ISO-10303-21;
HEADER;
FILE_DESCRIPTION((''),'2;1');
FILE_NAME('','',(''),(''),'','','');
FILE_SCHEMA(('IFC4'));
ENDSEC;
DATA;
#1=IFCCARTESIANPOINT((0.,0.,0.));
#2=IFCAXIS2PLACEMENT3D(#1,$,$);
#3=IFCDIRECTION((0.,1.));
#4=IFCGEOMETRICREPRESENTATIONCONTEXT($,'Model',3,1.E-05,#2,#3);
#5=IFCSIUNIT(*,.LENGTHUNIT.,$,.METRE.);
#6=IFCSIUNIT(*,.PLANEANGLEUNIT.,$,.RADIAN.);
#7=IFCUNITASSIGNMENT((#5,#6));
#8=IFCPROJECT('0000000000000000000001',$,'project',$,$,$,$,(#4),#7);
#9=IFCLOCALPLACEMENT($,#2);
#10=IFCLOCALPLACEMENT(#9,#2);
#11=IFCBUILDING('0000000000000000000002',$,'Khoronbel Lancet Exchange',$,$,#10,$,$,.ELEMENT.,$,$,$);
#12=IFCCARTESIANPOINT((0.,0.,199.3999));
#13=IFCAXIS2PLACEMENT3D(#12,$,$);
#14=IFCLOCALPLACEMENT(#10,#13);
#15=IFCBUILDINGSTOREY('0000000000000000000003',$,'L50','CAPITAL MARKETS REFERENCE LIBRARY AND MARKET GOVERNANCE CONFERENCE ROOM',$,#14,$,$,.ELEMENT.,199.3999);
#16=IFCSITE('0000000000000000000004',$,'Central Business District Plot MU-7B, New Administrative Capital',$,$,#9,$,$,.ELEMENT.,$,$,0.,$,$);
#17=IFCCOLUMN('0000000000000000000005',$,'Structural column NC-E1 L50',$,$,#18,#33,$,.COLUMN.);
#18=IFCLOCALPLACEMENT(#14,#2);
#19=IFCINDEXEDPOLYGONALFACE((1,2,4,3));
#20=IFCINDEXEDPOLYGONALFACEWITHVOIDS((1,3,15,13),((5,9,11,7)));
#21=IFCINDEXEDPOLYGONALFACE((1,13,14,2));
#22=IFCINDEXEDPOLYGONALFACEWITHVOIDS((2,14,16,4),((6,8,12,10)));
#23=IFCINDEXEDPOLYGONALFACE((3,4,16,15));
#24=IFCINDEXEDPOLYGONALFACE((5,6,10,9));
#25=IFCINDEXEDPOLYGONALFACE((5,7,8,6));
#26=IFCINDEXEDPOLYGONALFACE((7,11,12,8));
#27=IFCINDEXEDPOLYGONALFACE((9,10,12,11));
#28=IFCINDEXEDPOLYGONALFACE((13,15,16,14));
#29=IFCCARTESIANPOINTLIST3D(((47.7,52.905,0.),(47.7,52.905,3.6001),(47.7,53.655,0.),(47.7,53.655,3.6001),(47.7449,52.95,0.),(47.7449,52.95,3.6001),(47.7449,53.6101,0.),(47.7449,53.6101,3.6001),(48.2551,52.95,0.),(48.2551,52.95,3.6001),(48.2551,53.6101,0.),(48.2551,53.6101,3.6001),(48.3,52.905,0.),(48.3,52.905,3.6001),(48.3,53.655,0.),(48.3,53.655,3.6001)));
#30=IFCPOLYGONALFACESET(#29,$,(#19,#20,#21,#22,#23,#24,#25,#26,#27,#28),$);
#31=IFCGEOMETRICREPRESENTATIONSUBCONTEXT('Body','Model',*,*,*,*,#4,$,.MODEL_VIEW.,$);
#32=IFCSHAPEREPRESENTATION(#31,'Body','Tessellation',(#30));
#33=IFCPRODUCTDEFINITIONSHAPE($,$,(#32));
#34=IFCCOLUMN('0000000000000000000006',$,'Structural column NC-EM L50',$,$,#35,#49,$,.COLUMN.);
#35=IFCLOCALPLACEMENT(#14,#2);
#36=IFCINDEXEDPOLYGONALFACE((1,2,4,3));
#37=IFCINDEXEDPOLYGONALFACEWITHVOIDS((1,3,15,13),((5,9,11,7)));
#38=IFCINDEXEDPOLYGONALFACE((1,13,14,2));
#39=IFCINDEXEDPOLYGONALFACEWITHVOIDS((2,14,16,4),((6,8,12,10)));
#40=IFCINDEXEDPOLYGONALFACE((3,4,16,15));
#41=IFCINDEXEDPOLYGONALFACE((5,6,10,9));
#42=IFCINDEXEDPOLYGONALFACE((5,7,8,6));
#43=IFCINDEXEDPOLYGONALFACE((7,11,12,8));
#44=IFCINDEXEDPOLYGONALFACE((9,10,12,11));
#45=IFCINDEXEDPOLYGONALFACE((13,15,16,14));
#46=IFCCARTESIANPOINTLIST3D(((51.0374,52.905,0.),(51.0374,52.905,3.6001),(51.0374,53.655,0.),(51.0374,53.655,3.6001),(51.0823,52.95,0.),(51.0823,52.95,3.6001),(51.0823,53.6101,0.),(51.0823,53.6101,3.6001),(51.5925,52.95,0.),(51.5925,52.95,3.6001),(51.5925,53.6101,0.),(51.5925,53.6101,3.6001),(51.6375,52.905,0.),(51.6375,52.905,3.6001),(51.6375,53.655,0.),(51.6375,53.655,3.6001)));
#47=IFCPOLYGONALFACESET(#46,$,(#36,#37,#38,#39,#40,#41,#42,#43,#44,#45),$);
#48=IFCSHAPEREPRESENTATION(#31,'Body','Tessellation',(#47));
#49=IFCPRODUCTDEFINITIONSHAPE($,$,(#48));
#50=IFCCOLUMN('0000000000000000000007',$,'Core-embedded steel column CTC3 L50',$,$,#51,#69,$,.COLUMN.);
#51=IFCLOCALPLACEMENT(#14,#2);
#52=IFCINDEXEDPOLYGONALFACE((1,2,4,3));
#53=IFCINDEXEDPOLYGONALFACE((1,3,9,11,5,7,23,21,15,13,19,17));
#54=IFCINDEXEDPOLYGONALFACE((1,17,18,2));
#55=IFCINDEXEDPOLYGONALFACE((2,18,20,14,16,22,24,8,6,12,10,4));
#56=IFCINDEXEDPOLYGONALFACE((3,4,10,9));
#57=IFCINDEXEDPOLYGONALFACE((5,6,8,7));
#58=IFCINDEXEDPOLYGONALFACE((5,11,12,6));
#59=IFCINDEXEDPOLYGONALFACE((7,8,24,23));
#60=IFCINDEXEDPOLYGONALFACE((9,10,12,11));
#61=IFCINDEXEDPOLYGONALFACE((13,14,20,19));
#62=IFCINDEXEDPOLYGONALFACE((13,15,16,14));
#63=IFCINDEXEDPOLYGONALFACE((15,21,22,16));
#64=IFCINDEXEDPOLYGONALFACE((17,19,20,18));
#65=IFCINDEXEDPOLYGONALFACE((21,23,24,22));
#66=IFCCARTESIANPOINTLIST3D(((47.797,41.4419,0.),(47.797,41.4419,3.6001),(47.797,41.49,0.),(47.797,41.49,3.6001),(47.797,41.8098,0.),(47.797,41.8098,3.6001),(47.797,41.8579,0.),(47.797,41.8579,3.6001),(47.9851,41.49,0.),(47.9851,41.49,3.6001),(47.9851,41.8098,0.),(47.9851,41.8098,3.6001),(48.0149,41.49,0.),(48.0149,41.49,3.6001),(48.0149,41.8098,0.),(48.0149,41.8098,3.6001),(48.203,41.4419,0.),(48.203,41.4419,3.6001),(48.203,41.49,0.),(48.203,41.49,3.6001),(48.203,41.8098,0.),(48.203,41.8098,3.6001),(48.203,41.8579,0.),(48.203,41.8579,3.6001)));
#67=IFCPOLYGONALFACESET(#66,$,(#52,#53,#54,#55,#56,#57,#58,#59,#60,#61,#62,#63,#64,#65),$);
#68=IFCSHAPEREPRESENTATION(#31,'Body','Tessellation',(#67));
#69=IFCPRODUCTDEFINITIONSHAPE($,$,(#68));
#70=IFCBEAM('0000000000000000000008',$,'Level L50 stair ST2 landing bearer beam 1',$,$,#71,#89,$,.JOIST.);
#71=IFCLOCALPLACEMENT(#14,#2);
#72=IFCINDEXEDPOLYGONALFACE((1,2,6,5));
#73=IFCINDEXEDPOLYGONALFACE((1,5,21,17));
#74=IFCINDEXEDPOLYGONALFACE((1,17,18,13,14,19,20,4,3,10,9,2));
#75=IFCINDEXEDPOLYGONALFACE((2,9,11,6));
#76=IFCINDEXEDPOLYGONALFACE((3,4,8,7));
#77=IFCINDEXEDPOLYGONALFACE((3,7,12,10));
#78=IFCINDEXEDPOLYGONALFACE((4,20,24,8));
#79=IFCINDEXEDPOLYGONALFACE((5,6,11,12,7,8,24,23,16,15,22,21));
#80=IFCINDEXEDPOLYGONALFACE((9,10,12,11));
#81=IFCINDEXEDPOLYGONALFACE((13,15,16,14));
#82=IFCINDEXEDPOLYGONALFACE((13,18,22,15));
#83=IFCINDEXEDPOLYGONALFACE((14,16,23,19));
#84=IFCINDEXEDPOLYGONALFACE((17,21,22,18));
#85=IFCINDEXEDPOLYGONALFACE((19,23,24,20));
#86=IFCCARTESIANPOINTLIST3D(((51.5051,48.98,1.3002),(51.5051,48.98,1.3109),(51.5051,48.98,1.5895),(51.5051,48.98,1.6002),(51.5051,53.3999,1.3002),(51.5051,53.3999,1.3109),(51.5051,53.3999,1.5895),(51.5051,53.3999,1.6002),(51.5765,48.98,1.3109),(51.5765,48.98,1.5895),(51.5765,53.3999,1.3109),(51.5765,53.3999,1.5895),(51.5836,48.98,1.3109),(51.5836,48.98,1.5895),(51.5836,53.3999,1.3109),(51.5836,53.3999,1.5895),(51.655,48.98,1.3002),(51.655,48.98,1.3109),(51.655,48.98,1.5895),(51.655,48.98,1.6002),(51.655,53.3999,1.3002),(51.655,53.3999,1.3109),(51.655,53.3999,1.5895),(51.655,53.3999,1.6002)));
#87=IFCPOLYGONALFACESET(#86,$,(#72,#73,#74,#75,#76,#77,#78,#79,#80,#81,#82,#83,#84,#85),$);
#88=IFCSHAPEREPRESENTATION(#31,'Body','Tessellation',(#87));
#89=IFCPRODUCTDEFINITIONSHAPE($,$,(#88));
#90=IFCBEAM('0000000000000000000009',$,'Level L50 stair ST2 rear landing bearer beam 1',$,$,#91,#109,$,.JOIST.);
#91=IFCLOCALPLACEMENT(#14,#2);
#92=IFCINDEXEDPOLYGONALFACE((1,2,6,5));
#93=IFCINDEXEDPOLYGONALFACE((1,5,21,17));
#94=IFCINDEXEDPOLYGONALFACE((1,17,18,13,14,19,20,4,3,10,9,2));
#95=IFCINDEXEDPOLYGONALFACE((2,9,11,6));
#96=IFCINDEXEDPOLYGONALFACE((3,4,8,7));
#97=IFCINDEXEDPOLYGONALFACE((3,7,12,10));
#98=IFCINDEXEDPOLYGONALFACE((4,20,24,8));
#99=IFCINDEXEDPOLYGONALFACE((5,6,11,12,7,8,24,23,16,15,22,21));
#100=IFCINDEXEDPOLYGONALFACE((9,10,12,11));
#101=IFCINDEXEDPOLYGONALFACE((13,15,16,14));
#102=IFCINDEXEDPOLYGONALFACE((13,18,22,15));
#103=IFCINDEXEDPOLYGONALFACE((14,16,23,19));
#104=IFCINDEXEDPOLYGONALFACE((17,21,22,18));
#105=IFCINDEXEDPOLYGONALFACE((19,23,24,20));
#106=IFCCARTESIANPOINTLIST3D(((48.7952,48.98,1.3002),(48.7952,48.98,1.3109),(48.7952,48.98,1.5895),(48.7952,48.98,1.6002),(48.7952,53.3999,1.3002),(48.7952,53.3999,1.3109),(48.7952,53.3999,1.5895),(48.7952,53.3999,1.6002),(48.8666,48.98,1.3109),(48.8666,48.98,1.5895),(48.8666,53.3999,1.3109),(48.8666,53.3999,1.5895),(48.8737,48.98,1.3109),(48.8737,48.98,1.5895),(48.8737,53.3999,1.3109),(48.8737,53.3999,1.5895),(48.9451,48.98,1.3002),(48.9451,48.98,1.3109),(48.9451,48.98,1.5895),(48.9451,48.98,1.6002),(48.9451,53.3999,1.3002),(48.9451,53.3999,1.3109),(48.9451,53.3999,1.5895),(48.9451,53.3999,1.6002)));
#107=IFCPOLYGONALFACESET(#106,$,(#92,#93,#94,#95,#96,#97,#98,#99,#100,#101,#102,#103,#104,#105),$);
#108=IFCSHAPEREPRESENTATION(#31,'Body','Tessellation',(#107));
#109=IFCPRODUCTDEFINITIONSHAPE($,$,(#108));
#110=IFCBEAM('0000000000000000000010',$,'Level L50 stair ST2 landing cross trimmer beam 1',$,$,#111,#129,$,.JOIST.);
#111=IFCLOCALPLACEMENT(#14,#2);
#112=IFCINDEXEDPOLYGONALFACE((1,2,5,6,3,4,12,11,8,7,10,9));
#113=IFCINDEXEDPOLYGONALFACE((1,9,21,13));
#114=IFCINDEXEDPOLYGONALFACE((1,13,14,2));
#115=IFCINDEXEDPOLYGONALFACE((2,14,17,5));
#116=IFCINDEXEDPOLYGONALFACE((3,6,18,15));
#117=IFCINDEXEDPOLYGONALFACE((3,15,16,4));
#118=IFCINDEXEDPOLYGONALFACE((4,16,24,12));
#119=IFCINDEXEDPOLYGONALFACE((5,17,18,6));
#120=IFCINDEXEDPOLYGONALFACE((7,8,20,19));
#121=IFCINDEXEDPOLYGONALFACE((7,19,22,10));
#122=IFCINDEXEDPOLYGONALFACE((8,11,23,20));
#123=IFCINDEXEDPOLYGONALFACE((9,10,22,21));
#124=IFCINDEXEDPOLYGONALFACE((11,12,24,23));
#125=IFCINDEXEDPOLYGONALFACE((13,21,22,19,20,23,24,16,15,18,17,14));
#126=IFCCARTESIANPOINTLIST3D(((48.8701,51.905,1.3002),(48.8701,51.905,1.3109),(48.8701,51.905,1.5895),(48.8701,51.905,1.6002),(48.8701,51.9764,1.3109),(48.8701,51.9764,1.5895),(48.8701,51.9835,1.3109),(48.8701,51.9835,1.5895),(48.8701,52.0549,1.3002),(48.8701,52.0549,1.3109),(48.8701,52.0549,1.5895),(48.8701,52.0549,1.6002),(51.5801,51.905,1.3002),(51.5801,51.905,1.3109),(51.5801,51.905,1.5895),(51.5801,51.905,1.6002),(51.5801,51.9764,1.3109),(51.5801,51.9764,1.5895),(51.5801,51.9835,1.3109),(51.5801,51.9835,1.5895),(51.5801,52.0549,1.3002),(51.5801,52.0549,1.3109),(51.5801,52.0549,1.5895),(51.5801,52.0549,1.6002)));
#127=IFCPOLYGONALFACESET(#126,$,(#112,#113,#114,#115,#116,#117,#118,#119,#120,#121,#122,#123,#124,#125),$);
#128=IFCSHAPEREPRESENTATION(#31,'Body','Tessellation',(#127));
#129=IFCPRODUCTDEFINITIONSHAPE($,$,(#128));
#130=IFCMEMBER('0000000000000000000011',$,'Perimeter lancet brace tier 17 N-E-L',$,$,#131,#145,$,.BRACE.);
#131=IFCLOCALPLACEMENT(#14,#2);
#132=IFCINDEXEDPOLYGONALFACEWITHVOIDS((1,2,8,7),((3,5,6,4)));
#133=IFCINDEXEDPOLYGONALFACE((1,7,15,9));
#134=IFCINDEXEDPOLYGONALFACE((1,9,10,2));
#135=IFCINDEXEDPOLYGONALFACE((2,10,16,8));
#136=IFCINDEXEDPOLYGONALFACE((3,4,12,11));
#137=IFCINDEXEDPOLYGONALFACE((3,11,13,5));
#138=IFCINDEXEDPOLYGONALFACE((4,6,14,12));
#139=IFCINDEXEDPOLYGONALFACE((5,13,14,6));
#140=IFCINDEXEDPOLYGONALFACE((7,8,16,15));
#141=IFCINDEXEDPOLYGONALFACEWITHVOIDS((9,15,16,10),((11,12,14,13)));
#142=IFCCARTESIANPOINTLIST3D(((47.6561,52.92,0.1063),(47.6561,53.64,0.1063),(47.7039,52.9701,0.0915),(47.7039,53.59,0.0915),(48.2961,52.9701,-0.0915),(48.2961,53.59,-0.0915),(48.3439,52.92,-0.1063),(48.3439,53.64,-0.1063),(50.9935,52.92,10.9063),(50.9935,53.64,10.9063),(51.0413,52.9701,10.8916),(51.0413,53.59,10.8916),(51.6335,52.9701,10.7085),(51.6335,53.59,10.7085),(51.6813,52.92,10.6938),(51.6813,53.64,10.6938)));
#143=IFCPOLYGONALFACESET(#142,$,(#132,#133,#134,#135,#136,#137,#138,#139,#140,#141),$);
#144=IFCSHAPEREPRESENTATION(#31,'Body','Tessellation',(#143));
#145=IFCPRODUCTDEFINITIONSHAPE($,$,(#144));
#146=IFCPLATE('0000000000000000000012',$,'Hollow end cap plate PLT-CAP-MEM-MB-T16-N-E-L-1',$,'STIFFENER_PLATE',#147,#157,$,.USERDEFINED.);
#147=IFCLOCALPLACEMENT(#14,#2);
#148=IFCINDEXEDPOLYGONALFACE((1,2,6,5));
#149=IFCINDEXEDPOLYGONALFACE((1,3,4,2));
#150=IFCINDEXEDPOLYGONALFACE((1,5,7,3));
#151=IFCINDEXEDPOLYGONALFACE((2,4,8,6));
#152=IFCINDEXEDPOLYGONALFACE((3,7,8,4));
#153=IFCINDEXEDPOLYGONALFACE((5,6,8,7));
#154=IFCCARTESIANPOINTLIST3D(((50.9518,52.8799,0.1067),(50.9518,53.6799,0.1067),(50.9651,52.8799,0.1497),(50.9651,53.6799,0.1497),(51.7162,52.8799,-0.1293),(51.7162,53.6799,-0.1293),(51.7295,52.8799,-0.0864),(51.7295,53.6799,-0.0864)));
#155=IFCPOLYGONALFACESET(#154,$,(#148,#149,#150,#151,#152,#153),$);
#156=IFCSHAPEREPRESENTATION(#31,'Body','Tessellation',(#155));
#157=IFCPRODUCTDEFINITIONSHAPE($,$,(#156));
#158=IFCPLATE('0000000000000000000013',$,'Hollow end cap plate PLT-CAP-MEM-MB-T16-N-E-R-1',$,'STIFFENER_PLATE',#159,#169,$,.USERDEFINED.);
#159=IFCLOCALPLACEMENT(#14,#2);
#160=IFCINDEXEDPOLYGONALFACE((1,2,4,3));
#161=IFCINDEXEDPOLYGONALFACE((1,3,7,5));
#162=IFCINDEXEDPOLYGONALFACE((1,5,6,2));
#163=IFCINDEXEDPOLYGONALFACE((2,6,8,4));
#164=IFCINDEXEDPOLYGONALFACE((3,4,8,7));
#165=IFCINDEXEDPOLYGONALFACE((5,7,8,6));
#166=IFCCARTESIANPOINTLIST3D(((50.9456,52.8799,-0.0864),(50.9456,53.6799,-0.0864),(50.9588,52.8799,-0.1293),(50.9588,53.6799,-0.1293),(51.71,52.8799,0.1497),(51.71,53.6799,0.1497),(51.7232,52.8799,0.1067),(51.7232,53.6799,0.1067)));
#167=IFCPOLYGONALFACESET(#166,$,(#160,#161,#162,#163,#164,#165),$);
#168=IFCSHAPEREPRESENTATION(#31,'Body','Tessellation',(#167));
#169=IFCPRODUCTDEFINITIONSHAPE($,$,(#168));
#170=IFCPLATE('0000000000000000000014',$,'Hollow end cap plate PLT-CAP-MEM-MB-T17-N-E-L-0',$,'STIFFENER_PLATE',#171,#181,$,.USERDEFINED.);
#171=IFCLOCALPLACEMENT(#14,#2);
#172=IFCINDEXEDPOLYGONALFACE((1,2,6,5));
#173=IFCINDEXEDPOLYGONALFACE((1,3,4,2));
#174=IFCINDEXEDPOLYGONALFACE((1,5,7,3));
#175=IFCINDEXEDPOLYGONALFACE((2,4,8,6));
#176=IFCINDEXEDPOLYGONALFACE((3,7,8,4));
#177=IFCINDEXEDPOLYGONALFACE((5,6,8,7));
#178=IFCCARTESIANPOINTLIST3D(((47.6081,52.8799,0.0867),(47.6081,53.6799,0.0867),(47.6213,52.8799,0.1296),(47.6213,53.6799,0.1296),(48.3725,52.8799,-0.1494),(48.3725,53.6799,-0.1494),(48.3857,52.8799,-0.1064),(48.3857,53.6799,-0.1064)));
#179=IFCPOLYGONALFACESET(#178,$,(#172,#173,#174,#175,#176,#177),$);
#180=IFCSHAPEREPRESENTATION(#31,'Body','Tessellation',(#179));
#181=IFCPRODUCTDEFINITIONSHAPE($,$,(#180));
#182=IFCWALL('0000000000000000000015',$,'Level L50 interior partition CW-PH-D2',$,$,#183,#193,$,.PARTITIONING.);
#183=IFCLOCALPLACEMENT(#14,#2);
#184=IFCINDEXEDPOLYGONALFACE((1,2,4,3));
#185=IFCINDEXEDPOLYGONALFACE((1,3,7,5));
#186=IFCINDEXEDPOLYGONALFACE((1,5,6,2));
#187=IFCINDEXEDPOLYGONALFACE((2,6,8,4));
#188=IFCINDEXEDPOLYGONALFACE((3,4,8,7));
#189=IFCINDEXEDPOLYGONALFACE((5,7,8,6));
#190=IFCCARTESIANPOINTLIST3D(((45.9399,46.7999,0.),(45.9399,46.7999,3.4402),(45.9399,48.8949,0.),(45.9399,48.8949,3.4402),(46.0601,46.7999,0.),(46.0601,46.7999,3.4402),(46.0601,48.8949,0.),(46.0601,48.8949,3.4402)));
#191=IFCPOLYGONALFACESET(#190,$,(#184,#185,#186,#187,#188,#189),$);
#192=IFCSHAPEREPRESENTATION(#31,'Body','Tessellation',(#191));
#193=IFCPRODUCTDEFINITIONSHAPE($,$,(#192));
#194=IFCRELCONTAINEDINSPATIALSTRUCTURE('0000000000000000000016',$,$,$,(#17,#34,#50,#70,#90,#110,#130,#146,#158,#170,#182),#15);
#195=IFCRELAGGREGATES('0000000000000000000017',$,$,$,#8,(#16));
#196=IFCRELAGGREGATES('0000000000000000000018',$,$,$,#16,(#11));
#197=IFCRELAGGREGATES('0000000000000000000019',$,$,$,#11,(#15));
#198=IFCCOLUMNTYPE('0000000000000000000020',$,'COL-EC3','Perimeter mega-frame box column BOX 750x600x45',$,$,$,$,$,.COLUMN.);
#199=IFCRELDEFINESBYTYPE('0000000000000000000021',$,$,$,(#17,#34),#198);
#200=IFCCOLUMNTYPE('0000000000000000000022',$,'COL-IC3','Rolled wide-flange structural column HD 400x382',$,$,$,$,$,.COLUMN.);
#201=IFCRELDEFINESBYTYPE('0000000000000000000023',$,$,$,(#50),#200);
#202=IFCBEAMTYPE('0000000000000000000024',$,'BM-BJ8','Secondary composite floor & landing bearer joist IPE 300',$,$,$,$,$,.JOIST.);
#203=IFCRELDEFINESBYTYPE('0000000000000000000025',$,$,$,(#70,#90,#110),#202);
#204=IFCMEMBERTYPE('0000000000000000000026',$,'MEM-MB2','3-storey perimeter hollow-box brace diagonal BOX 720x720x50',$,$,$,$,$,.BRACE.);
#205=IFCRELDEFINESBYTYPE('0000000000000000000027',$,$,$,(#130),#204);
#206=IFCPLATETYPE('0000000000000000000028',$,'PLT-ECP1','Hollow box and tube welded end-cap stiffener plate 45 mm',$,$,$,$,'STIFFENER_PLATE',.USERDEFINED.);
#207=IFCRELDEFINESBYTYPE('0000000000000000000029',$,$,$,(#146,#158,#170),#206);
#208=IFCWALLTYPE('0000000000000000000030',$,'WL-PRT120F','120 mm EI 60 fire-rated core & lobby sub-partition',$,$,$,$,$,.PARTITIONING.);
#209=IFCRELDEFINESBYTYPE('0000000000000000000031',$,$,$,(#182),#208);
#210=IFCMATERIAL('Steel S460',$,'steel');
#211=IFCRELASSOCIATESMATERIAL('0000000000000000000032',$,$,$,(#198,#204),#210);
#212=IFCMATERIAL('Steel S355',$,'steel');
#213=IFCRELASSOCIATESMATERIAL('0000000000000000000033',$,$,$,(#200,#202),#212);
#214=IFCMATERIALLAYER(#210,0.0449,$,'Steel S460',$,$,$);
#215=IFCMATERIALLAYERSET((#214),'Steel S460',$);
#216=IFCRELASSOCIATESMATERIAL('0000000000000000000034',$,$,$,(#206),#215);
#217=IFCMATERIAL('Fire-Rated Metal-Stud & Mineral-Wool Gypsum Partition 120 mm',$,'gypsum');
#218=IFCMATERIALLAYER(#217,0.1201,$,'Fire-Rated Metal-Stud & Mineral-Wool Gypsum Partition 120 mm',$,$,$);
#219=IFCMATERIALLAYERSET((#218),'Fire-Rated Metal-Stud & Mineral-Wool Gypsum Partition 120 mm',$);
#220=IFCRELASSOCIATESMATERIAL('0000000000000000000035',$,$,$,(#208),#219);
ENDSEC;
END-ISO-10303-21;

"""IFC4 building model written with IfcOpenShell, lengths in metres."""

from ifc_helpers import new_model, si_unit, direction, frame, frame_2d, origin, origin_2d, place, context, subcontext, project, spatial, polyline, rectangle, hollow_rectangle, i_section, outline, extrude, material, layer, layer_set, material_profile, profile_set, type_object, element, save


model = new_model("IFC4")

# Units and contexts
model_context = context("Model", 3, precision=1e-05, world=origin(), true_north=direction((0.0, 1.0)))
body_context = subcontext(model_context, "Body", "Model", "MODEL_VIEW")
ifc_project = project(units=[si_unit("LENGTHUNIT", "METRE"), si_unit("PLANEANGLEUNIT", "RADIAN")], contexts=[model_context])

# Site, building, storey
site_placement = place(None, origin())
site = spatial("IfcSite", under=ifc_project, at=site_placement, Name="Central Business District Plot MU-7B, New Administrative Capital", CompositionType="ELEMENT", RefElevation=0.0)
building_placement = place(site_placement, origin())
building = spatial("IfcBuilding", under=site, at=building_placement, Name="Khoronbel Lancet Exchange", CompositionType="ELEMENT")
storey_placement = place(building_placement, frame((0.0, 0.0, 199.3999)))
storey = spatial("IfcBuildingStorey", under=building, at=storey_placement, Name="L50", Description="CAPITAL MARKETS REFERENCE LIBRARY AND MARKET GOVERNANCE CONFERENCE ROOM", CompositionType="ELEMENT", Elevation=199.3999)

# Columns
ifc_material_1 = material(Name="Steel S460", Category="steel")
ifc_material_profile_1 = material_profile(ifc_material_1, hollow_rectangle(XDim=0.6001, YDim=0.75, WallThickness=0.0449, at=origin_2d()), Name="BOX 750x600x45")
ifc_profile_set_1 = profile_set([ifc_material_profile_1], Name="Steel S460")
column_type_1 = type_object("IfcColumnType", Name="COL-EC3", Description="Perimeter mega-frame box column BOX 750x600x45", PredefinedType="COLUMN", material=ifc_profile_set_1)
for number, where, z_axis, x_axis, name in (
    (1, (48.0, 53.28, 0.0), (0.0, 0.0, 1.0), (1.0, 0.0, 0.0), "Structural column NC-E1 L50"),
    (2, (51.3374, 53.28, 0.0), (0.0, 0.0, 1.0), (1.0, 0.0, 0.0), "Structural column NC-EM L50"),
):
    element("IfcColumn", number, at=place(storey_placement, frame(where, z_axis=z_axis, x_axis=x_axis)), inside=storey, type_object=column_type_1, Name=name, PredefinedType="COLUMN", context=body_context, shape_type="SweptSolid", body=[
        extrude(hollow_rectangle(XDim=0.6001, YDim=0.75, WallThickness=0.0449, at=origin_2d()), origin(), (0.0, 0.0, 1.0), 3.6001),
    ])
ifc_material_2 = material(Name="Steel S355", Category="steel")
ifc_material_profile_2 = material_profile(ifc_material_2, i_section(OverallWidth=0.406, OverallDepth=0.416, WebThickness=0.0298, FlangeThickness=0.0481, at=origin_2d()), Name="HD 400x382")
ifc_profile_set_2 = profile_set([ifc_material_profile_2], Name="Steel S355")
column_type_2 = type_object("IfcColumnType", Name="COL-IC3", Description="Rolled wide-flange structural column HD 400x382", PredefinedType="COLUMN", material=ifc_profile_set_2)
column_placement = place(storey_placement, frame((48.0, 41.6499, 0.0), z_axis=(0.0, 0.0, 1.0), x_axis=(1.0, 0.0, 0.0)))
element("IfcColumn", 3, at=column_placement, inside=storey, type_object=column_type_2, Name="Core-embedded steel column CTC3 L50", PredefinedType="COLUMN", context=body_context, shape_type="SweptSolid", body=[
    extrude(i_section(OverallWidth=0.406, OverallDepth=0.416, WebThickness=0.0298, FlangeThickness=0.0481, at=origin_2d()), origin(), (0.0, 0.0, 1.0), 3.6001),
])

# Beams
ifc_material_profile_3 = material_profile(ifc_material_2, i_section(OverallWidth=0.1499, OverallDepth=0.3, WebThickness=0.0071, FlangeThickness=0.0107, at=origin_2d()), Name="IPE 300")
ifc_profile_set_3 = profile_set([ifc_material_profile_3], Name="Steel S355")
beam_type = type_object("IfcBeamType", Name="BM-BJ8", Description="Secondary composite floor & landing bearer joist IPE 300", PredefinedType="JOIST", material=ifc_profile_set_3)
for number, where, z_axis, x_axis, name in (
    (4, (51.5801, 48.98, 1.4502), (0.0, 1.0, 0.0), (-1.0, 0.0, 0.0), "Level L50 stair ST2 landing bearer beam 1"),
    (5, (48.8701, 48.98, 1.4502), (0.0, 1.0, 0.0), (-1.0, 0.0, 0.0), "Level L50 stair ST2 rear landing bearer beam 1"),
):
    element("IfcBeam", number, at=place(storey_placement, frame(where, z_axis=z_axis, x_axis=x_axis)), inside=storey, type_object=beam_type, Name=name, PredefinedType="JOIST", context=body_context, shape_type="SweptSolid", body=[
        extrude(i_section(OverallWidth=0.1499, OverallDepth=0.3, WebThickness=0.0071, FlangeThickness=0.0107, at=origin_2d()), origin(), (0.0, 0.0, 1.0), 4.4199),
    ])
beam_placement = place(storey_placement, frame((48.8701, 51.98, 1.4502), z_axis=(1.0, 0.0, 0.0), x_axis=(0.0, 1.0, 0.0)))
element("IfcBeam", 6, at=beam_placement, inside=storey, type_object=beam_type, Name="Level L50 stair ST2 landing cross trimmer beam 1", PredefinedType="JOIST", context=body_context, shape_type="SweptSolid", body=[
    extrude(i_section(OverallWidth=0.1499, OverallDepth=0.3, WebThickness=0.0071, FlangeThickness=0.0107, at=origin_2d()), origin(), (0.0, 0.0, 1.0), 2.71),
])

# Member
ifc_material_profile_4 = material_profile(ifc_material_1, hollow_rectangle(XDim=0.72, YDim=0.72, WallThickness=0.05, at=origin_2d()), Name="BOX 720x720x50")
ifc_profile_set_4 = profile_set([ifc_material_profile_4], Name="Steel S460")
member_type = type_object("IfcMemberType", Name="MEM-MB2", Description="3-storey perimeter hollow-box brace diagonal BOX 720x720x50", PredefinedType="BRACE", material=ifc_profile_set_4)
member_placement = place(storey_placement, frame((48.0, 53.28, 0.0), z_axis=(0.295242, 0.0, 0.955422), x_axis=(0.0, 1.0, 0.0)))
element("IfcMember", 7, at=member_placement, inside=storey, type_object=member_type, Name="Perimeter lancet brace tier 17 N-E-L", PredefinedType="BRACE", context=body_context, shape_type="SweptSolid", body=[
    extrude(hollow_rectangle(XDim=0.72, YDim=0.72, WallThickness=0.05, at=origin_2d()), origin(), (0.0, 0.0, 1.0), 11.304),
])

# Plates
ifc_layer_1 = layer(ifc_material_1, 0.0449, Name="Steel S460")
ifc_layer_set_1 = layer_set([ifc_layer_1], Name="Steel S460")
plate_type = type_object("IfcPlateType", Name="PLT-ECP1", Description="Hollow box and tube welded end-cap stiffener plate 45 mm", ElementType="STIFFENER_PLATE", PredefinedType="USERDEFINED", material=ifc_layer_set_1)
for number, where, z_axis, x_axis, name in (
    (8, (51.7295, 52.8799, -0.0864), (0.295094, 0.0, 0.955468), (0.0, 1.0, 0.0), "Hollow end cap plate PLT-CAP-MEM-MB-T16-N-E-L-1"),
    (9, (50.9456, 53.6799, -0.0864), (-0.295094, 0.0, 0.955468), (0.0, -1.0, 0.0), "Hollow end cap plate PLT-CAP-MEM-MB-T16-N-E-R-1"),
    (10, (48.3857, 52.8799, -0.1064), (0.295094, 0.0, 0.955468), (0.0, 1.0, 0.0), "Hollow end cap plate PLT-CAP-MEM-MB-T17-N-E-L-0"),
):
    element("IfcPlate", number, at=place(storey_placement, frame(where, z_axis=z_axis, x_axis=x_axis)), inside=storey, type_object=plate_type, Name=name, ObjectType="STIFFENER_PLATE", PredefinedType="USERDEFINED", context=body_context, shape_type="SweptSolid", body=[
        extrude(outline(polyline([(0.0, 0.0), (0.8, 0.0), (0.8, 0.8), (0.0, 0.8), (0.0, 0.0)])), origin(), (0.0, 0.0, -1.0), 0.0449),
    ])

# Wall
ifc_material_3 = material(Name="Fire-Rated Metal-Stud & Mineral-Wool Gypsum Partition 120 mm", Category="gypsum")
ifc_layer_2 = layer(ifc_material_3, 0.1201, Name="Fire-Rated Metal-Stud & Mineral-Wool Gypsum Partition 120 mm")
ifc_layer_set_2 = layer_set([ifc_layer_2], Name="Fire-Rated Metal-Stud & Mineral-Wool Gypsum Partition 120 mm")
wall_type_1 = type_object("IfcWallType", Name="WL-PRT120F", Description="120 mm EI 60 fire-rated core & lobby sub-partition", PredefinedType="PARTITIONING", material=ifc_layer_set_2)
wall_1_placement = place(storey_placement, frame((46.0, 46.8, 0.0), z_axis=(0.0, 0.0, 1.0), x_axis=(0.0, 1.0, 0.0)))
element("IfcWall", 11, at=wall_1_placement, inside=storey, type_object=wall_type_1, Name="Level L50 interior partition CW-PH-D2", PredefinedType="PARTITIONING", context=body_context, shape_type="SweptSolid", body=[
    extrude(rectangle(XDim=2.095, YDim=0.1201, at=frame_2d((1.0474, 0.0))), origin(), (0.0, 0.0, 1.0), 3.4402),
])

save(model, "model.ifc")
